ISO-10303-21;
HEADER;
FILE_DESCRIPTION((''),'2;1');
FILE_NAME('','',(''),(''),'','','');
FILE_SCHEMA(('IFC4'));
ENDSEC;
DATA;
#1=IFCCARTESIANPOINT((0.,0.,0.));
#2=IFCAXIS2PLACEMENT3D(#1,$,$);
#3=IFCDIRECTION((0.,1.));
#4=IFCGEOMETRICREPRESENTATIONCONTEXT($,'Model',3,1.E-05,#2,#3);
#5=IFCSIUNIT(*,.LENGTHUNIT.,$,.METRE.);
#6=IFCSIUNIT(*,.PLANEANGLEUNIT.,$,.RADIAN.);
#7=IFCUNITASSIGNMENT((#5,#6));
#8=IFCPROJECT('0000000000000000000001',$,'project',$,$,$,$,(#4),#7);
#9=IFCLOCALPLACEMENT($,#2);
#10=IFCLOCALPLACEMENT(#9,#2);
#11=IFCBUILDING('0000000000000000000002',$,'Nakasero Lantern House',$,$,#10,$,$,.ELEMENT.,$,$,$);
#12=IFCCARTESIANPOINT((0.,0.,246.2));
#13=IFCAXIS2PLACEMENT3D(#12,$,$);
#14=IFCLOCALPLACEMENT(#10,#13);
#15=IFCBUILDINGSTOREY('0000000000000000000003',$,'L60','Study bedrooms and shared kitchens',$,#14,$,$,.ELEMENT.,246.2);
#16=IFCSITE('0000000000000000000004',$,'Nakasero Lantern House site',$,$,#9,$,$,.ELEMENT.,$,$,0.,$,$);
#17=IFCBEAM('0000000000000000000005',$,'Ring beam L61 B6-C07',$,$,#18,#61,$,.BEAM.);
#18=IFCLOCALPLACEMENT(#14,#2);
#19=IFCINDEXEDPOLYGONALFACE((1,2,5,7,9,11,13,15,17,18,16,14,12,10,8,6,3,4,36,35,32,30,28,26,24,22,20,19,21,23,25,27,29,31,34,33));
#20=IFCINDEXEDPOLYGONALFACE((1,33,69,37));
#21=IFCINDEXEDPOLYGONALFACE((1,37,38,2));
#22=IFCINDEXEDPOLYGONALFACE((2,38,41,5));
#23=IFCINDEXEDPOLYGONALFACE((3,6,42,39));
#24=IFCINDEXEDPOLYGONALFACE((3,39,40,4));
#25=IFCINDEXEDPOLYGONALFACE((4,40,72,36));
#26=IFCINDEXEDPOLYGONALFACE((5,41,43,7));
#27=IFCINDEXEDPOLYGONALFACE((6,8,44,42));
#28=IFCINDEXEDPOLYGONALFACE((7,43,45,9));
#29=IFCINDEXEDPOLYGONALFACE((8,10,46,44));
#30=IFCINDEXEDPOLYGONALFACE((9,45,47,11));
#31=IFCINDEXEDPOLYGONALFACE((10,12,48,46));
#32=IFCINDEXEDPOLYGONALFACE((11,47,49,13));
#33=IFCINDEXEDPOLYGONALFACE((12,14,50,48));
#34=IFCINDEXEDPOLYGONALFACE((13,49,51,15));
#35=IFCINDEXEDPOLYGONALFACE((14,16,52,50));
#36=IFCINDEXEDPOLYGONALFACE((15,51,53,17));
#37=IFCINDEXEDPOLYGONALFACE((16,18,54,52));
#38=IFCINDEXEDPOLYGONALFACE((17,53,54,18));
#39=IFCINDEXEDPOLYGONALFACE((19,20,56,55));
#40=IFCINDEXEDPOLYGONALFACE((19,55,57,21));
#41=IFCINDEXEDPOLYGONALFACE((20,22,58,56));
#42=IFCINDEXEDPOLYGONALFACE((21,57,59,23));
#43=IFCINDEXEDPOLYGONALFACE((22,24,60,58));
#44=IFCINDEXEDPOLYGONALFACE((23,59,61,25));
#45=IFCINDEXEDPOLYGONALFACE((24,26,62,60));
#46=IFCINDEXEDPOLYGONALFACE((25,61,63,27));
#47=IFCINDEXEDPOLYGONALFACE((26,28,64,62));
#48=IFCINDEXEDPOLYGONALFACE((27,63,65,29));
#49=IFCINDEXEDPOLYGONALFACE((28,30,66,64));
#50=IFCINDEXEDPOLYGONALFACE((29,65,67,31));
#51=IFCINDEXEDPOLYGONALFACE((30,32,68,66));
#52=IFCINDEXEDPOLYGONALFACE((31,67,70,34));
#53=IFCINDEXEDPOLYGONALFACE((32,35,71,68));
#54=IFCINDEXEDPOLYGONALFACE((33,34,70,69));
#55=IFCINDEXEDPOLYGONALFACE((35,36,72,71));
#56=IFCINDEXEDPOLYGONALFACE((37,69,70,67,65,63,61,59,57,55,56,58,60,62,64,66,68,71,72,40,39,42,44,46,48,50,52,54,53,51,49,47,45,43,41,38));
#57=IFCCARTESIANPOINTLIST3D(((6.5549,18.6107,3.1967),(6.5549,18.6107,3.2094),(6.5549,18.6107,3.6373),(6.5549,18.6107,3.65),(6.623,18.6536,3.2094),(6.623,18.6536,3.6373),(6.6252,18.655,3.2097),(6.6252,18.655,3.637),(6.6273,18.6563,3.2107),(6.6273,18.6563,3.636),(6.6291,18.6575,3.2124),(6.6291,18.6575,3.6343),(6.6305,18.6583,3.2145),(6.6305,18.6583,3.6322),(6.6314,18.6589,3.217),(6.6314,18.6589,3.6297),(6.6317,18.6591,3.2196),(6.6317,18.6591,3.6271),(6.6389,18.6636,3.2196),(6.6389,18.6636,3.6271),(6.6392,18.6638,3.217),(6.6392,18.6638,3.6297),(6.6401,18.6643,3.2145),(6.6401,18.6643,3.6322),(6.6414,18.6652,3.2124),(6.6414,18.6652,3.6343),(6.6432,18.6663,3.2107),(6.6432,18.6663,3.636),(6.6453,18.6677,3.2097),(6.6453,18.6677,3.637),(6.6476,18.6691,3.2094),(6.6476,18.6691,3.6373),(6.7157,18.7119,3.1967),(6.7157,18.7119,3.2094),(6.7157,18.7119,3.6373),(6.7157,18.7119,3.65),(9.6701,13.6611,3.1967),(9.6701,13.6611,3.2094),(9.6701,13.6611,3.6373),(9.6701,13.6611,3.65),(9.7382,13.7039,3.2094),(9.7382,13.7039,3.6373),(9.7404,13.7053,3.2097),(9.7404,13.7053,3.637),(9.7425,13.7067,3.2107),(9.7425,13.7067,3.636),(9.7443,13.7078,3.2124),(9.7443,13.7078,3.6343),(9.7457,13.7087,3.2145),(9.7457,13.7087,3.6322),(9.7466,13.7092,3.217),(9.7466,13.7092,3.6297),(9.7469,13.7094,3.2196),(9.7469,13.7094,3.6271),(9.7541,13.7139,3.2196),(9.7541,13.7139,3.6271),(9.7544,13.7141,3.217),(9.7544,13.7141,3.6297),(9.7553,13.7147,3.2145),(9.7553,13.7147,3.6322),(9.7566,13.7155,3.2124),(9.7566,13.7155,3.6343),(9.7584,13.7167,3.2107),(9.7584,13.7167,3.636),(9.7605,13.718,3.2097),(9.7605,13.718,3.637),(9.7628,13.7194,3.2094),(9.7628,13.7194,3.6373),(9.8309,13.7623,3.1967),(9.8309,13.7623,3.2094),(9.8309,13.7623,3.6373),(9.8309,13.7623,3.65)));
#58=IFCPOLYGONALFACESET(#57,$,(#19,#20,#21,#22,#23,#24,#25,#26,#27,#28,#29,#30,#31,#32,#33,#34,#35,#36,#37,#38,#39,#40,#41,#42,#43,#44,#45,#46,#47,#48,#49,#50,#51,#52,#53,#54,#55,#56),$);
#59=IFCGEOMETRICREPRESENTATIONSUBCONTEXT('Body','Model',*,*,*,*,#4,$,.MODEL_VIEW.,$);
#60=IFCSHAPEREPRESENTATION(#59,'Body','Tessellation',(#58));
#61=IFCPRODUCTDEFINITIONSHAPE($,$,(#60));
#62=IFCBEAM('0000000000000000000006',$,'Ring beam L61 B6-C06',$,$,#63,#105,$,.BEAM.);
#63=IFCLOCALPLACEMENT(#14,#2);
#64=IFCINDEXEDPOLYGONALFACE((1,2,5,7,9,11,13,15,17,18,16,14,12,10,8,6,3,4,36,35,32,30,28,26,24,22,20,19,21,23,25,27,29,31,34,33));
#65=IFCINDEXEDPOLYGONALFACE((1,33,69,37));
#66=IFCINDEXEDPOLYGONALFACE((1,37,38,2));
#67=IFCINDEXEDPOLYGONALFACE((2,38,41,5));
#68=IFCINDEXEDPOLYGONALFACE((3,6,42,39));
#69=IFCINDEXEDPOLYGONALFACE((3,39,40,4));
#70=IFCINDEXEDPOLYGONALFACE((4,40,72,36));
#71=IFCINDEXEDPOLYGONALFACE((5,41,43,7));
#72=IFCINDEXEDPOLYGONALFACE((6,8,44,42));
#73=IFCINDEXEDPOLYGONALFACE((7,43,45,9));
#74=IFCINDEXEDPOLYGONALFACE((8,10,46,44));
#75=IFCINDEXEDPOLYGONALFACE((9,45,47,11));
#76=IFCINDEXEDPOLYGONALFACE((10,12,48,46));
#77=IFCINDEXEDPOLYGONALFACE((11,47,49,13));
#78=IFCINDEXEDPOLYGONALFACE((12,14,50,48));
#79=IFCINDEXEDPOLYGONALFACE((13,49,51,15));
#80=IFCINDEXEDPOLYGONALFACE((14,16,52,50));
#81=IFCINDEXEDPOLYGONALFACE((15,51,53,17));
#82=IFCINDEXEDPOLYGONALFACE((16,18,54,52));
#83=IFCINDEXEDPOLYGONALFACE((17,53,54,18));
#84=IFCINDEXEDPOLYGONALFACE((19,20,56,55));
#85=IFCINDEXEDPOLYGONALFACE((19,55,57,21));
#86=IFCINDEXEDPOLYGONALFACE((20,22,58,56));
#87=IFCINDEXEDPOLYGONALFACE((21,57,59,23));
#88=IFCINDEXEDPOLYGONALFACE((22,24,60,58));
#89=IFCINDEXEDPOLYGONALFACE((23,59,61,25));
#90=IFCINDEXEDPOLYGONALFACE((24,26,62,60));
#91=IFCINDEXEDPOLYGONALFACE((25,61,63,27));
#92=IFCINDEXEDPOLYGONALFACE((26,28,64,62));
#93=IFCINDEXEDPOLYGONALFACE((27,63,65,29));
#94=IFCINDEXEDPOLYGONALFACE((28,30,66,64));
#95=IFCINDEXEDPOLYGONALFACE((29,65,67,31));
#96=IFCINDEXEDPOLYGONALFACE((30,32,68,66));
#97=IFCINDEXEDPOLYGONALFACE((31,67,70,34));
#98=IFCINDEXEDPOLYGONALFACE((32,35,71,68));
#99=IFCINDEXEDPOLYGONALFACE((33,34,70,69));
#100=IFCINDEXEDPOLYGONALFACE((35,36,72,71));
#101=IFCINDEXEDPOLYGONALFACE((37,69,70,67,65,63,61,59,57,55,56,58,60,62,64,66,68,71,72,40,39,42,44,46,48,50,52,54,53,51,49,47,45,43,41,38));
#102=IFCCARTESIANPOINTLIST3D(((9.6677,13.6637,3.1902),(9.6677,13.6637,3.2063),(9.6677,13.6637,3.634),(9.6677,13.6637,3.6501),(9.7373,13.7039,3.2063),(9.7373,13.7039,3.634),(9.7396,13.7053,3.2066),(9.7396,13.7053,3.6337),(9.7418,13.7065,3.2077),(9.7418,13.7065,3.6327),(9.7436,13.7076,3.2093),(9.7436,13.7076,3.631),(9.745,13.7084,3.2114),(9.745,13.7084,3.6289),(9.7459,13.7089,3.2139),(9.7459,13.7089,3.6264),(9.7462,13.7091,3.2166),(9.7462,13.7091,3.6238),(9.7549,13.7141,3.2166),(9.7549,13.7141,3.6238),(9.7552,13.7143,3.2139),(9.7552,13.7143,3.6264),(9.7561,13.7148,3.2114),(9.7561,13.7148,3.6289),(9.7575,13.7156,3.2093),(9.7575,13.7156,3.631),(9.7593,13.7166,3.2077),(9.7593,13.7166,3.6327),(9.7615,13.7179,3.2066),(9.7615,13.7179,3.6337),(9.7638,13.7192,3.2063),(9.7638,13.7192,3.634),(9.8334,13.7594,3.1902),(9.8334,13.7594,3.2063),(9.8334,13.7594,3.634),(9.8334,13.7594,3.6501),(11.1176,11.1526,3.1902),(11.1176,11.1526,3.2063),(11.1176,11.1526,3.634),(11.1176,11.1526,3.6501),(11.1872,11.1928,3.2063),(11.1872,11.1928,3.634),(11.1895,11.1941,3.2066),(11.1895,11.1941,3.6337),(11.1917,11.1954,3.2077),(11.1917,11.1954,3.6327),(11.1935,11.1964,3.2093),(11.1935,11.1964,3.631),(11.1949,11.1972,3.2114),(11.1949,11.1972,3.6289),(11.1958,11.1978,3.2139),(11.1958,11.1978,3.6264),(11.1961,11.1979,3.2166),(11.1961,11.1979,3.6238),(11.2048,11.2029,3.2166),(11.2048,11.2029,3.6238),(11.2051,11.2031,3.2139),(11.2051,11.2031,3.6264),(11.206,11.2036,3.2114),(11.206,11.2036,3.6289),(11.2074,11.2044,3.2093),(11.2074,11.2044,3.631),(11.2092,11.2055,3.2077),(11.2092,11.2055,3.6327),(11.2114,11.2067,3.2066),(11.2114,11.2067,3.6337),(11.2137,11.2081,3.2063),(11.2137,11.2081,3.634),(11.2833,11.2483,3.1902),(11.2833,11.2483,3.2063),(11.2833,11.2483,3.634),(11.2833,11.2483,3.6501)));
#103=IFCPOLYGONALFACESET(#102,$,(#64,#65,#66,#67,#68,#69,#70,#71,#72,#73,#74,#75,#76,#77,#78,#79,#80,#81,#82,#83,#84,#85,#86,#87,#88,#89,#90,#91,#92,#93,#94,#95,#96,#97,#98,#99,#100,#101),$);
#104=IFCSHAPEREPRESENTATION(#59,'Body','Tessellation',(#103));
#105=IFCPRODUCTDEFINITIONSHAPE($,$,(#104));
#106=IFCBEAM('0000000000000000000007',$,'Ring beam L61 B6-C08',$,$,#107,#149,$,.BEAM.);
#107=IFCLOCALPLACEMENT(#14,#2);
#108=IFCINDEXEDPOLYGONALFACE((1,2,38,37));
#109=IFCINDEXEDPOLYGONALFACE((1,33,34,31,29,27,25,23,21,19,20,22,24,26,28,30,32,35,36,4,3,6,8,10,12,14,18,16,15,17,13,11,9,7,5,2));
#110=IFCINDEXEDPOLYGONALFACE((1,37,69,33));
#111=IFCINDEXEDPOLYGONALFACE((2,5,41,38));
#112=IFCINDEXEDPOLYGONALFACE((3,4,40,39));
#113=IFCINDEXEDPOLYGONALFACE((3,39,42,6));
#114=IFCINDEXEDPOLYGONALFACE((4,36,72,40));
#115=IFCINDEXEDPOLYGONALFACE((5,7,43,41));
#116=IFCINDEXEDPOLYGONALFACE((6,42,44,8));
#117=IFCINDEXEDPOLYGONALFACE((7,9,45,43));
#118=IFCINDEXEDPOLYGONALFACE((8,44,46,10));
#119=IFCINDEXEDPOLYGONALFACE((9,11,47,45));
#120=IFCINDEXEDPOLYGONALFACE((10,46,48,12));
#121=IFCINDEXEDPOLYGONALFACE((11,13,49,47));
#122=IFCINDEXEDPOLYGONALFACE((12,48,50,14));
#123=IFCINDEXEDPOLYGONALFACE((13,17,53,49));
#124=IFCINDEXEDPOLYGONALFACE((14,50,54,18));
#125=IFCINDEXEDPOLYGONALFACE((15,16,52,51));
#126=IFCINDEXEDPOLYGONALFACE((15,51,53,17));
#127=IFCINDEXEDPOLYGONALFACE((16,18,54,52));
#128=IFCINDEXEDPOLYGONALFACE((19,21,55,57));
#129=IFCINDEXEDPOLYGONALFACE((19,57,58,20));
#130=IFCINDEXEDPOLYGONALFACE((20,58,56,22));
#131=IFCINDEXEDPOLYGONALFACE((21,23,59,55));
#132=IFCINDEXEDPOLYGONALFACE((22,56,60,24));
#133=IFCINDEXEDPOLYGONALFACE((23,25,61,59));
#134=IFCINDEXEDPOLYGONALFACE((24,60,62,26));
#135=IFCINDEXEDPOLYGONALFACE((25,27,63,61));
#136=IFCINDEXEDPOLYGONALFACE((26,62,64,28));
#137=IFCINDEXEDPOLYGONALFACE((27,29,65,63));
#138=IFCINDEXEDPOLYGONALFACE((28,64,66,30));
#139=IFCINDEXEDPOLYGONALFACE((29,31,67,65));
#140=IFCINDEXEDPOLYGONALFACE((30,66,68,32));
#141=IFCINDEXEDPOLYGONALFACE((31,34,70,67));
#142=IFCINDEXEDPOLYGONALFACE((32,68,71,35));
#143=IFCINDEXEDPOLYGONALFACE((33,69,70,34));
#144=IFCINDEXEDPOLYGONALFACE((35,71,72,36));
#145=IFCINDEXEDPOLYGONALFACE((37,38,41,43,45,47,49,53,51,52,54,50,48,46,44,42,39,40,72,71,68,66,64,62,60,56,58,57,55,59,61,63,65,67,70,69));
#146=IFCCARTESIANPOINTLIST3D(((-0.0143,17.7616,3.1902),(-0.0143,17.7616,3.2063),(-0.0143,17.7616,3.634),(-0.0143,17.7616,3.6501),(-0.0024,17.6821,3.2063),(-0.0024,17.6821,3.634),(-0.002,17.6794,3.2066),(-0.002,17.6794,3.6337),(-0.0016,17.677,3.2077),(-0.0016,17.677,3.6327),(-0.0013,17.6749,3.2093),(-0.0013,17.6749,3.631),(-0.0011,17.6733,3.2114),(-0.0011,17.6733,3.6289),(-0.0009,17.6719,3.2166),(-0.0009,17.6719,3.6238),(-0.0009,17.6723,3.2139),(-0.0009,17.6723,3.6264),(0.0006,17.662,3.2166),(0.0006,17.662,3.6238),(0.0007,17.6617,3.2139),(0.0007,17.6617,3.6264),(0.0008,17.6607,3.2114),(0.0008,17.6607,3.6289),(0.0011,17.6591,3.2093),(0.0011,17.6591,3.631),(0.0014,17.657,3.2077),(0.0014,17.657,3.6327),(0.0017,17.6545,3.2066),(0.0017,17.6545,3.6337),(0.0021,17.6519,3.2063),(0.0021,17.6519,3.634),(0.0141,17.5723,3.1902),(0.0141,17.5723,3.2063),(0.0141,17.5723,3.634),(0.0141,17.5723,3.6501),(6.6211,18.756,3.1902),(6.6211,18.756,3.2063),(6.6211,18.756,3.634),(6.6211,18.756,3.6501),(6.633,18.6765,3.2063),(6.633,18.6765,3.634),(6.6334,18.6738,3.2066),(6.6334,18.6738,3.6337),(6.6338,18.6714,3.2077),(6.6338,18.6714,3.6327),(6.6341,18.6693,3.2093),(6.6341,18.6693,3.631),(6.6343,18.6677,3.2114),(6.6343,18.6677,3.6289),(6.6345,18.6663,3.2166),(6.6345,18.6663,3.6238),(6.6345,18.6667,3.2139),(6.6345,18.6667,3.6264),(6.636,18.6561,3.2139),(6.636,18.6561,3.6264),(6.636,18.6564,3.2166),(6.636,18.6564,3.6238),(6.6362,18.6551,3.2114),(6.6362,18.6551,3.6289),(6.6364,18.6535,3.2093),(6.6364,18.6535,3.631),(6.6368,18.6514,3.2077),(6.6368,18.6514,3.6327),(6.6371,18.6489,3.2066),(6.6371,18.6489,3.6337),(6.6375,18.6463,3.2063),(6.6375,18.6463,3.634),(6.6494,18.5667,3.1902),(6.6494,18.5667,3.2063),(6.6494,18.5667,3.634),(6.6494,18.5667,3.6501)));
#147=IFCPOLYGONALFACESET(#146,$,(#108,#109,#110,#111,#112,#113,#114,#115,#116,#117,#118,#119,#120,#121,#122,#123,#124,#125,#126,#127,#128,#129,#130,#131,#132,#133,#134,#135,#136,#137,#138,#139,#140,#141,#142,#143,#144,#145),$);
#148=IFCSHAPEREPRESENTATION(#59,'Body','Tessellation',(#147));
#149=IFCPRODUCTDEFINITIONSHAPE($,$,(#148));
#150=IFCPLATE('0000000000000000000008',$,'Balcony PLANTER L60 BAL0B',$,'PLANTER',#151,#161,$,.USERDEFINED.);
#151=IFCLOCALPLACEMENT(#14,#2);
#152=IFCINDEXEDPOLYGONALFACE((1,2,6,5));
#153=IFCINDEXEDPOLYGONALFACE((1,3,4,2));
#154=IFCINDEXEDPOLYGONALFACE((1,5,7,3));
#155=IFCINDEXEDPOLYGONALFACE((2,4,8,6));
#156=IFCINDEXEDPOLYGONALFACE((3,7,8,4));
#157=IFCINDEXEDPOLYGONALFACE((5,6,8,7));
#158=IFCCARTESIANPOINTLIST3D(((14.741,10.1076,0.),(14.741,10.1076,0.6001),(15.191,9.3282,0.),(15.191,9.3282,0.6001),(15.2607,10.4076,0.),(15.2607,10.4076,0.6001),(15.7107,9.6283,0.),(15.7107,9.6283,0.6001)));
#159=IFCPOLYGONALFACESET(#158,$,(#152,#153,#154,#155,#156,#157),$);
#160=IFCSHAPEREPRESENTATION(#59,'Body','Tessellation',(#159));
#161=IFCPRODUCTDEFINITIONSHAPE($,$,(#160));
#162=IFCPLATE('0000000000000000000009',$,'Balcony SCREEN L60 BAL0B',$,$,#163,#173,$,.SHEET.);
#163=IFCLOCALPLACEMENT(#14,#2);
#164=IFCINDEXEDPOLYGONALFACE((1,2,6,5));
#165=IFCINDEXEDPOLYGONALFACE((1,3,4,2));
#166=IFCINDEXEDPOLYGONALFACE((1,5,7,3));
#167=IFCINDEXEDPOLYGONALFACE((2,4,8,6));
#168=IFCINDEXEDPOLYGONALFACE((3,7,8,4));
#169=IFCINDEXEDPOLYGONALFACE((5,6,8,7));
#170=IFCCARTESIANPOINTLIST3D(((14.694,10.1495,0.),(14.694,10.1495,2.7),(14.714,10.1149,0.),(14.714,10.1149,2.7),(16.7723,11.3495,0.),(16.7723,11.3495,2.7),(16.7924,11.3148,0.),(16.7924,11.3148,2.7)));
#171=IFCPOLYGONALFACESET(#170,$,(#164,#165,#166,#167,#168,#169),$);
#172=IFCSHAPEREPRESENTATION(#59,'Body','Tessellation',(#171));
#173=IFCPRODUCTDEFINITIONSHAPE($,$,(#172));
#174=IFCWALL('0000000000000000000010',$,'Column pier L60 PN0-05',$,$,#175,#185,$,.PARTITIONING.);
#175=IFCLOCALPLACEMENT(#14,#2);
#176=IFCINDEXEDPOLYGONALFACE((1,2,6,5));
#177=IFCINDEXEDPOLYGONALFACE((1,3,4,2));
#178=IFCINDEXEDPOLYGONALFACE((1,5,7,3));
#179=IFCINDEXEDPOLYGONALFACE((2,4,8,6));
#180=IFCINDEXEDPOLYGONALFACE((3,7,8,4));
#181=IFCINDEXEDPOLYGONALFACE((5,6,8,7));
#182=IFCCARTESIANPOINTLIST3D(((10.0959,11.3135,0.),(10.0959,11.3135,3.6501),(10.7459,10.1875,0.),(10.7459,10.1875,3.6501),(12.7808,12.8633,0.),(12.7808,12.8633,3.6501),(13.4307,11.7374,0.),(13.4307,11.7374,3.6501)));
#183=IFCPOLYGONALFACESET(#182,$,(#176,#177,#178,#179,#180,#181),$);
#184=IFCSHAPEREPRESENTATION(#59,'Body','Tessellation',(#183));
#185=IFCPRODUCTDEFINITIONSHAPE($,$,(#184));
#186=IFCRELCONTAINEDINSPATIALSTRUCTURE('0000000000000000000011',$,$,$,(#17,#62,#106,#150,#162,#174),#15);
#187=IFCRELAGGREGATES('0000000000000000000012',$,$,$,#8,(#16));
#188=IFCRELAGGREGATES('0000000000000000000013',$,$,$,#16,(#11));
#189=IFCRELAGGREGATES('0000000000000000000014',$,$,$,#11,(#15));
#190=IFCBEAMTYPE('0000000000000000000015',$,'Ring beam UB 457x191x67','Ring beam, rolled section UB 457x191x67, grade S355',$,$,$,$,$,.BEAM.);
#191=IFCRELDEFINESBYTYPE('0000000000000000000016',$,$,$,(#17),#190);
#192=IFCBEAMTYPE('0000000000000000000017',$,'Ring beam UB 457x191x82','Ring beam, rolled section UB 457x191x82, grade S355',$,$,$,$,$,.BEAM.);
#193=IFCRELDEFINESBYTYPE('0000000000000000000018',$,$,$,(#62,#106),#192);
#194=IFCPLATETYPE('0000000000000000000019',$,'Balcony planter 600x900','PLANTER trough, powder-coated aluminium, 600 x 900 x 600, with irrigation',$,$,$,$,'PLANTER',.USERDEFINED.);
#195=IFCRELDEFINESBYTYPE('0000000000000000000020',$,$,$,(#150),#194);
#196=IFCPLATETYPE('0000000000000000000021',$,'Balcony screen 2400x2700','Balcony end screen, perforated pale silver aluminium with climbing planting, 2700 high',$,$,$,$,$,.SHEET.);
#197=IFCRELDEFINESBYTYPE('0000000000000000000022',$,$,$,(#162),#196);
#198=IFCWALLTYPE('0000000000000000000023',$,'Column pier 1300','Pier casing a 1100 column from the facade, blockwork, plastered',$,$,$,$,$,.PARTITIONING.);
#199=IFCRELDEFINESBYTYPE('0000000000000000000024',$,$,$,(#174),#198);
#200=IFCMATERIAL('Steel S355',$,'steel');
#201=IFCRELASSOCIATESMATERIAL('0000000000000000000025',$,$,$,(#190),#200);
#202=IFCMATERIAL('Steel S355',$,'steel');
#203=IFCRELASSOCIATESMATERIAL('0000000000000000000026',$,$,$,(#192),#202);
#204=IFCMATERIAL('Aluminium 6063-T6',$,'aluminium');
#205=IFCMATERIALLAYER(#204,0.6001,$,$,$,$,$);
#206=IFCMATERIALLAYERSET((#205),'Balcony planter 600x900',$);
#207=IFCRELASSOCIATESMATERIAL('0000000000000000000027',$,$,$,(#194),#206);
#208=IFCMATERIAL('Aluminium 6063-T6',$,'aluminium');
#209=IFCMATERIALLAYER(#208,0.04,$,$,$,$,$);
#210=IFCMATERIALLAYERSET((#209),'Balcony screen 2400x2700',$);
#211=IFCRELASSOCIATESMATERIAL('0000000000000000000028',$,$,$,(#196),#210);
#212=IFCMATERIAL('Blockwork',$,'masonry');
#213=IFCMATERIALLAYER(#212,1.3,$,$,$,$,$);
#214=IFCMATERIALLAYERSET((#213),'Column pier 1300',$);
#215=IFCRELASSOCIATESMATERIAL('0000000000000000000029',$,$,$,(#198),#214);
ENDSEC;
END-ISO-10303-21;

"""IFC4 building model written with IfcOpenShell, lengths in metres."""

from ifc_helpers import new_model, si_unit, direction, frame, frame_2d, origin, origin_2d, place, context, subcontext, project, spatial, rectangle, i_section, extrude, material, layer, layer_set, material_profile, profile_set, type_object, element, save


model = new_model("IFC4")

# Units and contexts
model_context = context("Model", 3, precision=1e-05, world=origin(), true_north=direction((0.0, 1.0)))
body_context = subcontext(model_context, "Body", "Model", "MODEL_VIEW")
ifc_project = project(units=[si_unit("LENGTHUNIT", "METRE"), si_unit("PLANEANGLEUNIT", "RADIAN")], contexts=[model_context])

# Site, building, storey
site_placement = place(None, origin())
site = spatial("IfcSite", under=ifc_project, at=site_placement, Name="Nakasero Lantern House site", CompositionType="ELEMENT", RefElevation=0.0)
building_placement = place(site_placement, origin())
building = spatial("IfcBuilding", under=site, at=building_placement, Name="Nakasero Lantern House", CompositionType="ELEMENT")
storey_placement = place(building_placement, frame((0.0, 0.0, 246.2)))
storey = spatial("IfcBuildingStorey", under=building, at=storey_placement, Name="L60", Description="Study bedrooms and shared kitchens", CompositionType="ELEMENT", Elevation=246.2)

# Beams
ifc_material_1 = material(Name="Steel S355", Category="steel")
ifc_material_profile_1 = material_profile(ifc_material_1, i_section(OverallWidth=0.1899, OverallDepth=0.4534, WebThickness=0.0085, FlangeThickness=0.0127, FilletRadius=0.0103, at=origin_2d()), Name="UB 457x191x67")
ifc_profile_set_1 = profile_set([ifc_material_profile_1], Name="Steel S355")
beam_type_1 = type_object("IfcBeamType", Name="Ring beam UB 457x191x67", Description="Ring beam, rolled section UB 457x191x67, grade S355", PredefinedType="BEAM", material=ifc_profile_set_1)
beam_1_placement = place(storey_placement, frame((9.7505, 13.7117, 3.4233), z_axis=(-0.53266, 0.846329, 0.0), x_axis=(-0.846329, -0.53266, 0.0)))
element("IfcBeam", 1, at=beam_1_placement, inside=storey, type_object=beam_type_1, Name="Ring beam L61 B6-C07", PredefinedType="BEAM", context=body_context, shape_type="SweptSolid", body=[
    extrude(i_section(OverallWidth=0.1899, OverallDepth=0.4534, WebThickness=0.0085, FlangeThickness=0.0127, FilletRadius=0.0103, at=origin_2d()), origin(), (0.0, 0.0, 1.0), 5.8484),
])
ifc_material_2 = material(Name="Steel S355", Category="steel")
ifc_material_profile_2 = material_profile(ifc_material_2, i_section(OverallWidth=0.1914, OverallDepth=0.46, WebThickness=0.01, FlangeThickness=0.0161, FilletRadius=0.0103, at=origin_2d()), Name="UB 457x191x82")
ifc_profile_set_2 = profile_set([ifc_material_profile_2], Name="Steel S355")
beam_type_2 = type_object("IfcBeamType", Name="Ring beam UB 457x191x82", Description="Ring beam, rolled section UB 457x191x82, grade S355", PredefinedType="BEAM", material=ifc_profile_set_2)
beam_2_placement = place(storey_placement, frame((11.2004, 11.2004, 3.4202), z_axis=(-0.500024, 0.866012, 0.0), x_axis=(-0.866012, -0.500024, 0.0)))
element("IfcBeam", 2, at=beam_2_placement, inside=storey, type_object=beam_type_2, Name="Ring beam L61 B6-C06", PredefinedType="BEAM", context=body_context, shape_type="SweptSolid", body=[
    extrude(i_section(OverallWidth=0.1914, OverallDepth=0.46, WebThickness=0.01, FlangeThickness=0.0161, FilletRadius=0.0103, at=origin_2d()), origin(), (0.0, 0.0, 1.0), 2.8997),
])
beam_3_placement = place(storey_placement, frame((6.6353, 18.6614, 3.4202), z_axis=(-0.988956, -0.148209, 0.0), x_axis=(0.148209, -0.988956, 0.0)))
element("IfcBeam", 3, at=beam_3_placement, inside=storey, type_object=beam_type_2, Name="Ring beam L61 B6-C08", PredefinedType="BEAM", context=body_context, shape_type="SweptSolid", body=[
    extrude(i_section(OverallWidth=0.1914, OverallDepth=0.46, WebThickness=0.01, FlangeThickness=0.0161, FilletRadius=0.0103, at=origin_2d()), origin(), (0.0, 0.0, 1.0), 6.7095),
])

# Plates
ifc_material_3 = material(Name="Aluminium 6063-T6", Category="aluminium")
ifc_layer_1 = layer(ifc_material_3, 0.6001)
ifc_layer_set_1 = layer_set([ifc_layer_1], Name="Balcony planter 600x900")
plate_type_1 = type_object("IfcPlateType", Name="Balcony planter 600x900", Description="PLANTER trough, powder-coated aluminium, 600 x 900 x 600, with irrigation", ElementType="PLANTER", PredefinedType="USERDEFINED", material=ifc_layer_set_1)
plate_1_placement = place(storey_placement, frame((15.2258, 9.8679, 0.0), z_axis=(0.0, 0.0, 1.0), x_axis=(0.866025, 0.5, 0.0)))
element("IfcPlate", 4, at=plate_1_placement, inside=storey, type_object=plate_type_1, Name="Balcony PLANTER L60 BAL0B", ObjectType="PLANTER", PredefinedType="USERDEFINED", context=body_context, shape_type="SweptSolid", body=[
    extrude(rectangle(XDim=0.6001, YDim=0.8999, at=origin_2d()), origin(), (0.0, 0.0, 1.0), 0.6001),
])
ifc_material_4 = material(Name="Aluminium 6063-T6", Category="aluminium")
ifc_layer_2 = layer(ifc_material_4, 0.04)
ifc_layer_set_2 = layer_set([ifc_layer_2], Name="Balcony screen 2400x2700")
plate_type_2 = type_object("IfcPlateType", Name="Balcony screen 2400x2700", Description="Balcony end screen, perforated pale silver aluminium with climbing planting, 2700 high", PredefinedType="SHEET", material=ifc_layer_set_2)
plate_2_placement = place(storey_placement, frame((15.7432, 10.7322, 0.0), z_axis=(0.0, 0.0, 1.0), x_axis=(0.866025, 0.5, 0.0)))
element("IfcPlate", 5, at=plate_2_placement, inside=storey, type_object=plate_type_2, Name="Balcony SCREEN L60 BAL0B", PredefinedType="SHEET", context=body_context, shape_type="SweptSolid", body=[
    extrude(rectangle(XDim=2.3999, YDim=0.04, at=origin_2d()), origin(), (0.0, 0.0, 1.0), 2.7),
])

# Wall
ifc_material_5 = material(Name="Blockwork", Category="masonry")
ifc_layer_3 = layer(ifc_material_5, 1.3)
ifc_layer_set_3 = layer_set([ifc_layer_3], Name="Column pier 1300")
wall_type_1 = type_object("IfcWallType", Name="Column pier 1300", Description="Pier casing a 1100 column from the facade, blockwork, plastered", PredefinedType="PARTITIONING", material=ifc_layer_set_3)
wall_1_placement = place(storey_placement, frame((10.4209, 10.7505, 0.0), z_axis=(0.0, 0.0, 1.0), x_axis=(0.866064, 0.499934, 0.0)))
element("IfcWall", 6, at=wall_1_placement, inside=storey, type_object=wall_type_1, Name="Column pier L60 PN0-05", PredefinedType="PARTITIONING", context=body_context, shape_type="SweptSolid", body=[
    extrude(rectangle(XDim=3.1001, YDim=1.3, at=frame_2d((1.55, 0.0))), origin(), (0.0, 0.0, 1.0), 3.6501),
])

save(model, "model.ifc")
